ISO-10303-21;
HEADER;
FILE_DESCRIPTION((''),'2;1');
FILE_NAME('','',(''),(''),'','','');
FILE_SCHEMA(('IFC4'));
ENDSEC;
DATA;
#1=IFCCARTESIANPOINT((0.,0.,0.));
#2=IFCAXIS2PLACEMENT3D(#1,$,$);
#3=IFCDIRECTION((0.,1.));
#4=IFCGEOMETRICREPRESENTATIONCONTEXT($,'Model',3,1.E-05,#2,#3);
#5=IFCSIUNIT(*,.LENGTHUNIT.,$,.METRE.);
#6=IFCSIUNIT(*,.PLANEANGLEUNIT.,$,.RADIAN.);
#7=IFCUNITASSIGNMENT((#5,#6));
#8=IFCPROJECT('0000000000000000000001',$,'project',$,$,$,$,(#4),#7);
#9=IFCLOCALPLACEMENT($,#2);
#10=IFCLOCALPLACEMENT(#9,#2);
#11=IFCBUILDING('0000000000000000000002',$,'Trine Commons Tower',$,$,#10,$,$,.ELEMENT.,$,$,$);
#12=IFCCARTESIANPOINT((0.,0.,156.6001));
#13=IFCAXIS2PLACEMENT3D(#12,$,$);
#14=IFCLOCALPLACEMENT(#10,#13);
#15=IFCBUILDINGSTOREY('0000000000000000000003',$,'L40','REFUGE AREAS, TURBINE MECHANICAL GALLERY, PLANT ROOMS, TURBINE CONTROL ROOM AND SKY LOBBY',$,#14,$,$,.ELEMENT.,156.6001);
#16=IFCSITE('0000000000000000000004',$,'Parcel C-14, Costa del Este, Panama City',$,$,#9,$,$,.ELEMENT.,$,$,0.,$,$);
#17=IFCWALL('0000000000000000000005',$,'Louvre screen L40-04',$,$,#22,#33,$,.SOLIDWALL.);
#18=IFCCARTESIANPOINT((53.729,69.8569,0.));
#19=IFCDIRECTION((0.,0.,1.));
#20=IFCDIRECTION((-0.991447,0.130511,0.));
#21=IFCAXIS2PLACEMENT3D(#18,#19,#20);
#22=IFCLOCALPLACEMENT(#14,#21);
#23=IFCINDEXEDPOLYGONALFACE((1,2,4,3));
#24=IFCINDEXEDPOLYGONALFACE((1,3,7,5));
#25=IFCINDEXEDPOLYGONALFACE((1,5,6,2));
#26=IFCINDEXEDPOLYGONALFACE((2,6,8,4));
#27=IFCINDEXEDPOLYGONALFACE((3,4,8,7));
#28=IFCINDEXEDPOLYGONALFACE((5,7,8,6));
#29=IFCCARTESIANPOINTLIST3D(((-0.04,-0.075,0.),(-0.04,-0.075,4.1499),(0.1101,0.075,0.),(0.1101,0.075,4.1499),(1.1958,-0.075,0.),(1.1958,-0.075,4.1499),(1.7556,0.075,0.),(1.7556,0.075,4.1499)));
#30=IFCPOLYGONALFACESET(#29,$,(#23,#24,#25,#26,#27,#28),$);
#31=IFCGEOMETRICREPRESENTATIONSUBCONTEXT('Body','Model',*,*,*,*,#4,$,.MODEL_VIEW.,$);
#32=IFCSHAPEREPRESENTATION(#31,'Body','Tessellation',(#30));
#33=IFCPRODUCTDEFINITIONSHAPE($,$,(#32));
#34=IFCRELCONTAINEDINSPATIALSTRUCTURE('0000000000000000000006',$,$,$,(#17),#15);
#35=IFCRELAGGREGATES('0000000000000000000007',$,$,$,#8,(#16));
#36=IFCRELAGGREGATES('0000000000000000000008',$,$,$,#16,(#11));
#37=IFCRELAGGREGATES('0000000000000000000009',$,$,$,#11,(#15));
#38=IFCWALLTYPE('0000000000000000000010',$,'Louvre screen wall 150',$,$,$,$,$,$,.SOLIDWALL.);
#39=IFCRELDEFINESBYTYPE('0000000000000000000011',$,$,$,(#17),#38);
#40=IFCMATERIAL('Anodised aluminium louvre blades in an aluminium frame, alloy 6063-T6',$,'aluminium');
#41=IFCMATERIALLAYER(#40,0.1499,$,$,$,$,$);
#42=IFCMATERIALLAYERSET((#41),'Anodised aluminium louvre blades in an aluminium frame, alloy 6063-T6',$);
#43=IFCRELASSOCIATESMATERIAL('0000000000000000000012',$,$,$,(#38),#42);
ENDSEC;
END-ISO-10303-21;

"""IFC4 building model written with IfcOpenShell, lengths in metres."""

from ifc_helpers import new_model, si_unit, direction, frame, origin, place, context, subcontext, project, spatial, polyline, outline, extrude, material, layer, layer_set, type_object, element, save


model = new_model("IFC4")

# Units and contexts
model_context = context("Model", 3, precision=1e-05, world=origin(), true_north=direction((0.0, 1.0)))
body_context = subcontext(model_context, "Body", "Model", "MODEL_VIEW")
ifc_project = project(units=[si_unit("LENGTHUNIT", "METRE"), si_unit("PLANEANGLEUNIT", "RADIAN")], contexts=[model_context])

# Site, building, storey
site_placement = place(None, origin())
site = spatial("IfcSite", under=ifc_project, at=site_placement, Name="Parcel C-14, Costa del Este, Panama City", CompositionType="ELEMENT", RefElevation=0.0)
building_placement = place(site_placement, origin())
building = spatial("IfcBuilding", under=site, at=building_placement, Name="Trine Commons Tower", CompositionType="ELEMENT")
storey_placement = place(building_placement, frame((0.0, 0.0, 156.6001)))
storey = spatial("IfcBuildingStorey", under=building, at=storey_placement, Name="L40", Description="REFUGE AREAS, TURBINE MECHANICAL GALLERY, PLANT ROOMS, TURBINE CONTROL ROOM AND SKY LOBBY", CompositionType="ELEMENT", Elevation=156.6001)

# Wall
ifc_material_1 = material(Name="Anodised aluminium louvre blades in an aluminium frame, alloy 6063-T6", Category="aluminium")
ifc_layer_1 = layer(ifc_material_1, 0.1499)
ifc_layer_set_1 = layer_set([ifc_layer_1], Name="Anodised aluminium louvre blades in an aluminium frame, alloy 6063-T6")
wall_type_1 = type_object("IfcWallType", Name="Louvre screen wall 150", PredefinedType="SOLIDWALL", material=ifc_layer_set_1)
wall_1_placement = place(storey_placement, frame((53.729, 69.8569, 0.0), z_axis=(0.0, 0.0, 1.0), x_axis=(-0.991447, 0.130511, 0.0)))
element("IfcWall", 1, at=wall_1_placement, inside=storey, type_object=wall_type_1, Name="Louvre screen L40-04", PredefinedType="SOLIDWALL", context=body_context, shape_type="SweptSolid", body=[
    extrude(outline(polyline([(-0.04, -0.075), (1.1958, -0.075), (1.7556, 0.075), (0.1101, 0.075), (-0.04, -0.075)])), origin(), (0.0, 0.0, 1.0), 4.1499),
])

save(model, "model.ifc")
